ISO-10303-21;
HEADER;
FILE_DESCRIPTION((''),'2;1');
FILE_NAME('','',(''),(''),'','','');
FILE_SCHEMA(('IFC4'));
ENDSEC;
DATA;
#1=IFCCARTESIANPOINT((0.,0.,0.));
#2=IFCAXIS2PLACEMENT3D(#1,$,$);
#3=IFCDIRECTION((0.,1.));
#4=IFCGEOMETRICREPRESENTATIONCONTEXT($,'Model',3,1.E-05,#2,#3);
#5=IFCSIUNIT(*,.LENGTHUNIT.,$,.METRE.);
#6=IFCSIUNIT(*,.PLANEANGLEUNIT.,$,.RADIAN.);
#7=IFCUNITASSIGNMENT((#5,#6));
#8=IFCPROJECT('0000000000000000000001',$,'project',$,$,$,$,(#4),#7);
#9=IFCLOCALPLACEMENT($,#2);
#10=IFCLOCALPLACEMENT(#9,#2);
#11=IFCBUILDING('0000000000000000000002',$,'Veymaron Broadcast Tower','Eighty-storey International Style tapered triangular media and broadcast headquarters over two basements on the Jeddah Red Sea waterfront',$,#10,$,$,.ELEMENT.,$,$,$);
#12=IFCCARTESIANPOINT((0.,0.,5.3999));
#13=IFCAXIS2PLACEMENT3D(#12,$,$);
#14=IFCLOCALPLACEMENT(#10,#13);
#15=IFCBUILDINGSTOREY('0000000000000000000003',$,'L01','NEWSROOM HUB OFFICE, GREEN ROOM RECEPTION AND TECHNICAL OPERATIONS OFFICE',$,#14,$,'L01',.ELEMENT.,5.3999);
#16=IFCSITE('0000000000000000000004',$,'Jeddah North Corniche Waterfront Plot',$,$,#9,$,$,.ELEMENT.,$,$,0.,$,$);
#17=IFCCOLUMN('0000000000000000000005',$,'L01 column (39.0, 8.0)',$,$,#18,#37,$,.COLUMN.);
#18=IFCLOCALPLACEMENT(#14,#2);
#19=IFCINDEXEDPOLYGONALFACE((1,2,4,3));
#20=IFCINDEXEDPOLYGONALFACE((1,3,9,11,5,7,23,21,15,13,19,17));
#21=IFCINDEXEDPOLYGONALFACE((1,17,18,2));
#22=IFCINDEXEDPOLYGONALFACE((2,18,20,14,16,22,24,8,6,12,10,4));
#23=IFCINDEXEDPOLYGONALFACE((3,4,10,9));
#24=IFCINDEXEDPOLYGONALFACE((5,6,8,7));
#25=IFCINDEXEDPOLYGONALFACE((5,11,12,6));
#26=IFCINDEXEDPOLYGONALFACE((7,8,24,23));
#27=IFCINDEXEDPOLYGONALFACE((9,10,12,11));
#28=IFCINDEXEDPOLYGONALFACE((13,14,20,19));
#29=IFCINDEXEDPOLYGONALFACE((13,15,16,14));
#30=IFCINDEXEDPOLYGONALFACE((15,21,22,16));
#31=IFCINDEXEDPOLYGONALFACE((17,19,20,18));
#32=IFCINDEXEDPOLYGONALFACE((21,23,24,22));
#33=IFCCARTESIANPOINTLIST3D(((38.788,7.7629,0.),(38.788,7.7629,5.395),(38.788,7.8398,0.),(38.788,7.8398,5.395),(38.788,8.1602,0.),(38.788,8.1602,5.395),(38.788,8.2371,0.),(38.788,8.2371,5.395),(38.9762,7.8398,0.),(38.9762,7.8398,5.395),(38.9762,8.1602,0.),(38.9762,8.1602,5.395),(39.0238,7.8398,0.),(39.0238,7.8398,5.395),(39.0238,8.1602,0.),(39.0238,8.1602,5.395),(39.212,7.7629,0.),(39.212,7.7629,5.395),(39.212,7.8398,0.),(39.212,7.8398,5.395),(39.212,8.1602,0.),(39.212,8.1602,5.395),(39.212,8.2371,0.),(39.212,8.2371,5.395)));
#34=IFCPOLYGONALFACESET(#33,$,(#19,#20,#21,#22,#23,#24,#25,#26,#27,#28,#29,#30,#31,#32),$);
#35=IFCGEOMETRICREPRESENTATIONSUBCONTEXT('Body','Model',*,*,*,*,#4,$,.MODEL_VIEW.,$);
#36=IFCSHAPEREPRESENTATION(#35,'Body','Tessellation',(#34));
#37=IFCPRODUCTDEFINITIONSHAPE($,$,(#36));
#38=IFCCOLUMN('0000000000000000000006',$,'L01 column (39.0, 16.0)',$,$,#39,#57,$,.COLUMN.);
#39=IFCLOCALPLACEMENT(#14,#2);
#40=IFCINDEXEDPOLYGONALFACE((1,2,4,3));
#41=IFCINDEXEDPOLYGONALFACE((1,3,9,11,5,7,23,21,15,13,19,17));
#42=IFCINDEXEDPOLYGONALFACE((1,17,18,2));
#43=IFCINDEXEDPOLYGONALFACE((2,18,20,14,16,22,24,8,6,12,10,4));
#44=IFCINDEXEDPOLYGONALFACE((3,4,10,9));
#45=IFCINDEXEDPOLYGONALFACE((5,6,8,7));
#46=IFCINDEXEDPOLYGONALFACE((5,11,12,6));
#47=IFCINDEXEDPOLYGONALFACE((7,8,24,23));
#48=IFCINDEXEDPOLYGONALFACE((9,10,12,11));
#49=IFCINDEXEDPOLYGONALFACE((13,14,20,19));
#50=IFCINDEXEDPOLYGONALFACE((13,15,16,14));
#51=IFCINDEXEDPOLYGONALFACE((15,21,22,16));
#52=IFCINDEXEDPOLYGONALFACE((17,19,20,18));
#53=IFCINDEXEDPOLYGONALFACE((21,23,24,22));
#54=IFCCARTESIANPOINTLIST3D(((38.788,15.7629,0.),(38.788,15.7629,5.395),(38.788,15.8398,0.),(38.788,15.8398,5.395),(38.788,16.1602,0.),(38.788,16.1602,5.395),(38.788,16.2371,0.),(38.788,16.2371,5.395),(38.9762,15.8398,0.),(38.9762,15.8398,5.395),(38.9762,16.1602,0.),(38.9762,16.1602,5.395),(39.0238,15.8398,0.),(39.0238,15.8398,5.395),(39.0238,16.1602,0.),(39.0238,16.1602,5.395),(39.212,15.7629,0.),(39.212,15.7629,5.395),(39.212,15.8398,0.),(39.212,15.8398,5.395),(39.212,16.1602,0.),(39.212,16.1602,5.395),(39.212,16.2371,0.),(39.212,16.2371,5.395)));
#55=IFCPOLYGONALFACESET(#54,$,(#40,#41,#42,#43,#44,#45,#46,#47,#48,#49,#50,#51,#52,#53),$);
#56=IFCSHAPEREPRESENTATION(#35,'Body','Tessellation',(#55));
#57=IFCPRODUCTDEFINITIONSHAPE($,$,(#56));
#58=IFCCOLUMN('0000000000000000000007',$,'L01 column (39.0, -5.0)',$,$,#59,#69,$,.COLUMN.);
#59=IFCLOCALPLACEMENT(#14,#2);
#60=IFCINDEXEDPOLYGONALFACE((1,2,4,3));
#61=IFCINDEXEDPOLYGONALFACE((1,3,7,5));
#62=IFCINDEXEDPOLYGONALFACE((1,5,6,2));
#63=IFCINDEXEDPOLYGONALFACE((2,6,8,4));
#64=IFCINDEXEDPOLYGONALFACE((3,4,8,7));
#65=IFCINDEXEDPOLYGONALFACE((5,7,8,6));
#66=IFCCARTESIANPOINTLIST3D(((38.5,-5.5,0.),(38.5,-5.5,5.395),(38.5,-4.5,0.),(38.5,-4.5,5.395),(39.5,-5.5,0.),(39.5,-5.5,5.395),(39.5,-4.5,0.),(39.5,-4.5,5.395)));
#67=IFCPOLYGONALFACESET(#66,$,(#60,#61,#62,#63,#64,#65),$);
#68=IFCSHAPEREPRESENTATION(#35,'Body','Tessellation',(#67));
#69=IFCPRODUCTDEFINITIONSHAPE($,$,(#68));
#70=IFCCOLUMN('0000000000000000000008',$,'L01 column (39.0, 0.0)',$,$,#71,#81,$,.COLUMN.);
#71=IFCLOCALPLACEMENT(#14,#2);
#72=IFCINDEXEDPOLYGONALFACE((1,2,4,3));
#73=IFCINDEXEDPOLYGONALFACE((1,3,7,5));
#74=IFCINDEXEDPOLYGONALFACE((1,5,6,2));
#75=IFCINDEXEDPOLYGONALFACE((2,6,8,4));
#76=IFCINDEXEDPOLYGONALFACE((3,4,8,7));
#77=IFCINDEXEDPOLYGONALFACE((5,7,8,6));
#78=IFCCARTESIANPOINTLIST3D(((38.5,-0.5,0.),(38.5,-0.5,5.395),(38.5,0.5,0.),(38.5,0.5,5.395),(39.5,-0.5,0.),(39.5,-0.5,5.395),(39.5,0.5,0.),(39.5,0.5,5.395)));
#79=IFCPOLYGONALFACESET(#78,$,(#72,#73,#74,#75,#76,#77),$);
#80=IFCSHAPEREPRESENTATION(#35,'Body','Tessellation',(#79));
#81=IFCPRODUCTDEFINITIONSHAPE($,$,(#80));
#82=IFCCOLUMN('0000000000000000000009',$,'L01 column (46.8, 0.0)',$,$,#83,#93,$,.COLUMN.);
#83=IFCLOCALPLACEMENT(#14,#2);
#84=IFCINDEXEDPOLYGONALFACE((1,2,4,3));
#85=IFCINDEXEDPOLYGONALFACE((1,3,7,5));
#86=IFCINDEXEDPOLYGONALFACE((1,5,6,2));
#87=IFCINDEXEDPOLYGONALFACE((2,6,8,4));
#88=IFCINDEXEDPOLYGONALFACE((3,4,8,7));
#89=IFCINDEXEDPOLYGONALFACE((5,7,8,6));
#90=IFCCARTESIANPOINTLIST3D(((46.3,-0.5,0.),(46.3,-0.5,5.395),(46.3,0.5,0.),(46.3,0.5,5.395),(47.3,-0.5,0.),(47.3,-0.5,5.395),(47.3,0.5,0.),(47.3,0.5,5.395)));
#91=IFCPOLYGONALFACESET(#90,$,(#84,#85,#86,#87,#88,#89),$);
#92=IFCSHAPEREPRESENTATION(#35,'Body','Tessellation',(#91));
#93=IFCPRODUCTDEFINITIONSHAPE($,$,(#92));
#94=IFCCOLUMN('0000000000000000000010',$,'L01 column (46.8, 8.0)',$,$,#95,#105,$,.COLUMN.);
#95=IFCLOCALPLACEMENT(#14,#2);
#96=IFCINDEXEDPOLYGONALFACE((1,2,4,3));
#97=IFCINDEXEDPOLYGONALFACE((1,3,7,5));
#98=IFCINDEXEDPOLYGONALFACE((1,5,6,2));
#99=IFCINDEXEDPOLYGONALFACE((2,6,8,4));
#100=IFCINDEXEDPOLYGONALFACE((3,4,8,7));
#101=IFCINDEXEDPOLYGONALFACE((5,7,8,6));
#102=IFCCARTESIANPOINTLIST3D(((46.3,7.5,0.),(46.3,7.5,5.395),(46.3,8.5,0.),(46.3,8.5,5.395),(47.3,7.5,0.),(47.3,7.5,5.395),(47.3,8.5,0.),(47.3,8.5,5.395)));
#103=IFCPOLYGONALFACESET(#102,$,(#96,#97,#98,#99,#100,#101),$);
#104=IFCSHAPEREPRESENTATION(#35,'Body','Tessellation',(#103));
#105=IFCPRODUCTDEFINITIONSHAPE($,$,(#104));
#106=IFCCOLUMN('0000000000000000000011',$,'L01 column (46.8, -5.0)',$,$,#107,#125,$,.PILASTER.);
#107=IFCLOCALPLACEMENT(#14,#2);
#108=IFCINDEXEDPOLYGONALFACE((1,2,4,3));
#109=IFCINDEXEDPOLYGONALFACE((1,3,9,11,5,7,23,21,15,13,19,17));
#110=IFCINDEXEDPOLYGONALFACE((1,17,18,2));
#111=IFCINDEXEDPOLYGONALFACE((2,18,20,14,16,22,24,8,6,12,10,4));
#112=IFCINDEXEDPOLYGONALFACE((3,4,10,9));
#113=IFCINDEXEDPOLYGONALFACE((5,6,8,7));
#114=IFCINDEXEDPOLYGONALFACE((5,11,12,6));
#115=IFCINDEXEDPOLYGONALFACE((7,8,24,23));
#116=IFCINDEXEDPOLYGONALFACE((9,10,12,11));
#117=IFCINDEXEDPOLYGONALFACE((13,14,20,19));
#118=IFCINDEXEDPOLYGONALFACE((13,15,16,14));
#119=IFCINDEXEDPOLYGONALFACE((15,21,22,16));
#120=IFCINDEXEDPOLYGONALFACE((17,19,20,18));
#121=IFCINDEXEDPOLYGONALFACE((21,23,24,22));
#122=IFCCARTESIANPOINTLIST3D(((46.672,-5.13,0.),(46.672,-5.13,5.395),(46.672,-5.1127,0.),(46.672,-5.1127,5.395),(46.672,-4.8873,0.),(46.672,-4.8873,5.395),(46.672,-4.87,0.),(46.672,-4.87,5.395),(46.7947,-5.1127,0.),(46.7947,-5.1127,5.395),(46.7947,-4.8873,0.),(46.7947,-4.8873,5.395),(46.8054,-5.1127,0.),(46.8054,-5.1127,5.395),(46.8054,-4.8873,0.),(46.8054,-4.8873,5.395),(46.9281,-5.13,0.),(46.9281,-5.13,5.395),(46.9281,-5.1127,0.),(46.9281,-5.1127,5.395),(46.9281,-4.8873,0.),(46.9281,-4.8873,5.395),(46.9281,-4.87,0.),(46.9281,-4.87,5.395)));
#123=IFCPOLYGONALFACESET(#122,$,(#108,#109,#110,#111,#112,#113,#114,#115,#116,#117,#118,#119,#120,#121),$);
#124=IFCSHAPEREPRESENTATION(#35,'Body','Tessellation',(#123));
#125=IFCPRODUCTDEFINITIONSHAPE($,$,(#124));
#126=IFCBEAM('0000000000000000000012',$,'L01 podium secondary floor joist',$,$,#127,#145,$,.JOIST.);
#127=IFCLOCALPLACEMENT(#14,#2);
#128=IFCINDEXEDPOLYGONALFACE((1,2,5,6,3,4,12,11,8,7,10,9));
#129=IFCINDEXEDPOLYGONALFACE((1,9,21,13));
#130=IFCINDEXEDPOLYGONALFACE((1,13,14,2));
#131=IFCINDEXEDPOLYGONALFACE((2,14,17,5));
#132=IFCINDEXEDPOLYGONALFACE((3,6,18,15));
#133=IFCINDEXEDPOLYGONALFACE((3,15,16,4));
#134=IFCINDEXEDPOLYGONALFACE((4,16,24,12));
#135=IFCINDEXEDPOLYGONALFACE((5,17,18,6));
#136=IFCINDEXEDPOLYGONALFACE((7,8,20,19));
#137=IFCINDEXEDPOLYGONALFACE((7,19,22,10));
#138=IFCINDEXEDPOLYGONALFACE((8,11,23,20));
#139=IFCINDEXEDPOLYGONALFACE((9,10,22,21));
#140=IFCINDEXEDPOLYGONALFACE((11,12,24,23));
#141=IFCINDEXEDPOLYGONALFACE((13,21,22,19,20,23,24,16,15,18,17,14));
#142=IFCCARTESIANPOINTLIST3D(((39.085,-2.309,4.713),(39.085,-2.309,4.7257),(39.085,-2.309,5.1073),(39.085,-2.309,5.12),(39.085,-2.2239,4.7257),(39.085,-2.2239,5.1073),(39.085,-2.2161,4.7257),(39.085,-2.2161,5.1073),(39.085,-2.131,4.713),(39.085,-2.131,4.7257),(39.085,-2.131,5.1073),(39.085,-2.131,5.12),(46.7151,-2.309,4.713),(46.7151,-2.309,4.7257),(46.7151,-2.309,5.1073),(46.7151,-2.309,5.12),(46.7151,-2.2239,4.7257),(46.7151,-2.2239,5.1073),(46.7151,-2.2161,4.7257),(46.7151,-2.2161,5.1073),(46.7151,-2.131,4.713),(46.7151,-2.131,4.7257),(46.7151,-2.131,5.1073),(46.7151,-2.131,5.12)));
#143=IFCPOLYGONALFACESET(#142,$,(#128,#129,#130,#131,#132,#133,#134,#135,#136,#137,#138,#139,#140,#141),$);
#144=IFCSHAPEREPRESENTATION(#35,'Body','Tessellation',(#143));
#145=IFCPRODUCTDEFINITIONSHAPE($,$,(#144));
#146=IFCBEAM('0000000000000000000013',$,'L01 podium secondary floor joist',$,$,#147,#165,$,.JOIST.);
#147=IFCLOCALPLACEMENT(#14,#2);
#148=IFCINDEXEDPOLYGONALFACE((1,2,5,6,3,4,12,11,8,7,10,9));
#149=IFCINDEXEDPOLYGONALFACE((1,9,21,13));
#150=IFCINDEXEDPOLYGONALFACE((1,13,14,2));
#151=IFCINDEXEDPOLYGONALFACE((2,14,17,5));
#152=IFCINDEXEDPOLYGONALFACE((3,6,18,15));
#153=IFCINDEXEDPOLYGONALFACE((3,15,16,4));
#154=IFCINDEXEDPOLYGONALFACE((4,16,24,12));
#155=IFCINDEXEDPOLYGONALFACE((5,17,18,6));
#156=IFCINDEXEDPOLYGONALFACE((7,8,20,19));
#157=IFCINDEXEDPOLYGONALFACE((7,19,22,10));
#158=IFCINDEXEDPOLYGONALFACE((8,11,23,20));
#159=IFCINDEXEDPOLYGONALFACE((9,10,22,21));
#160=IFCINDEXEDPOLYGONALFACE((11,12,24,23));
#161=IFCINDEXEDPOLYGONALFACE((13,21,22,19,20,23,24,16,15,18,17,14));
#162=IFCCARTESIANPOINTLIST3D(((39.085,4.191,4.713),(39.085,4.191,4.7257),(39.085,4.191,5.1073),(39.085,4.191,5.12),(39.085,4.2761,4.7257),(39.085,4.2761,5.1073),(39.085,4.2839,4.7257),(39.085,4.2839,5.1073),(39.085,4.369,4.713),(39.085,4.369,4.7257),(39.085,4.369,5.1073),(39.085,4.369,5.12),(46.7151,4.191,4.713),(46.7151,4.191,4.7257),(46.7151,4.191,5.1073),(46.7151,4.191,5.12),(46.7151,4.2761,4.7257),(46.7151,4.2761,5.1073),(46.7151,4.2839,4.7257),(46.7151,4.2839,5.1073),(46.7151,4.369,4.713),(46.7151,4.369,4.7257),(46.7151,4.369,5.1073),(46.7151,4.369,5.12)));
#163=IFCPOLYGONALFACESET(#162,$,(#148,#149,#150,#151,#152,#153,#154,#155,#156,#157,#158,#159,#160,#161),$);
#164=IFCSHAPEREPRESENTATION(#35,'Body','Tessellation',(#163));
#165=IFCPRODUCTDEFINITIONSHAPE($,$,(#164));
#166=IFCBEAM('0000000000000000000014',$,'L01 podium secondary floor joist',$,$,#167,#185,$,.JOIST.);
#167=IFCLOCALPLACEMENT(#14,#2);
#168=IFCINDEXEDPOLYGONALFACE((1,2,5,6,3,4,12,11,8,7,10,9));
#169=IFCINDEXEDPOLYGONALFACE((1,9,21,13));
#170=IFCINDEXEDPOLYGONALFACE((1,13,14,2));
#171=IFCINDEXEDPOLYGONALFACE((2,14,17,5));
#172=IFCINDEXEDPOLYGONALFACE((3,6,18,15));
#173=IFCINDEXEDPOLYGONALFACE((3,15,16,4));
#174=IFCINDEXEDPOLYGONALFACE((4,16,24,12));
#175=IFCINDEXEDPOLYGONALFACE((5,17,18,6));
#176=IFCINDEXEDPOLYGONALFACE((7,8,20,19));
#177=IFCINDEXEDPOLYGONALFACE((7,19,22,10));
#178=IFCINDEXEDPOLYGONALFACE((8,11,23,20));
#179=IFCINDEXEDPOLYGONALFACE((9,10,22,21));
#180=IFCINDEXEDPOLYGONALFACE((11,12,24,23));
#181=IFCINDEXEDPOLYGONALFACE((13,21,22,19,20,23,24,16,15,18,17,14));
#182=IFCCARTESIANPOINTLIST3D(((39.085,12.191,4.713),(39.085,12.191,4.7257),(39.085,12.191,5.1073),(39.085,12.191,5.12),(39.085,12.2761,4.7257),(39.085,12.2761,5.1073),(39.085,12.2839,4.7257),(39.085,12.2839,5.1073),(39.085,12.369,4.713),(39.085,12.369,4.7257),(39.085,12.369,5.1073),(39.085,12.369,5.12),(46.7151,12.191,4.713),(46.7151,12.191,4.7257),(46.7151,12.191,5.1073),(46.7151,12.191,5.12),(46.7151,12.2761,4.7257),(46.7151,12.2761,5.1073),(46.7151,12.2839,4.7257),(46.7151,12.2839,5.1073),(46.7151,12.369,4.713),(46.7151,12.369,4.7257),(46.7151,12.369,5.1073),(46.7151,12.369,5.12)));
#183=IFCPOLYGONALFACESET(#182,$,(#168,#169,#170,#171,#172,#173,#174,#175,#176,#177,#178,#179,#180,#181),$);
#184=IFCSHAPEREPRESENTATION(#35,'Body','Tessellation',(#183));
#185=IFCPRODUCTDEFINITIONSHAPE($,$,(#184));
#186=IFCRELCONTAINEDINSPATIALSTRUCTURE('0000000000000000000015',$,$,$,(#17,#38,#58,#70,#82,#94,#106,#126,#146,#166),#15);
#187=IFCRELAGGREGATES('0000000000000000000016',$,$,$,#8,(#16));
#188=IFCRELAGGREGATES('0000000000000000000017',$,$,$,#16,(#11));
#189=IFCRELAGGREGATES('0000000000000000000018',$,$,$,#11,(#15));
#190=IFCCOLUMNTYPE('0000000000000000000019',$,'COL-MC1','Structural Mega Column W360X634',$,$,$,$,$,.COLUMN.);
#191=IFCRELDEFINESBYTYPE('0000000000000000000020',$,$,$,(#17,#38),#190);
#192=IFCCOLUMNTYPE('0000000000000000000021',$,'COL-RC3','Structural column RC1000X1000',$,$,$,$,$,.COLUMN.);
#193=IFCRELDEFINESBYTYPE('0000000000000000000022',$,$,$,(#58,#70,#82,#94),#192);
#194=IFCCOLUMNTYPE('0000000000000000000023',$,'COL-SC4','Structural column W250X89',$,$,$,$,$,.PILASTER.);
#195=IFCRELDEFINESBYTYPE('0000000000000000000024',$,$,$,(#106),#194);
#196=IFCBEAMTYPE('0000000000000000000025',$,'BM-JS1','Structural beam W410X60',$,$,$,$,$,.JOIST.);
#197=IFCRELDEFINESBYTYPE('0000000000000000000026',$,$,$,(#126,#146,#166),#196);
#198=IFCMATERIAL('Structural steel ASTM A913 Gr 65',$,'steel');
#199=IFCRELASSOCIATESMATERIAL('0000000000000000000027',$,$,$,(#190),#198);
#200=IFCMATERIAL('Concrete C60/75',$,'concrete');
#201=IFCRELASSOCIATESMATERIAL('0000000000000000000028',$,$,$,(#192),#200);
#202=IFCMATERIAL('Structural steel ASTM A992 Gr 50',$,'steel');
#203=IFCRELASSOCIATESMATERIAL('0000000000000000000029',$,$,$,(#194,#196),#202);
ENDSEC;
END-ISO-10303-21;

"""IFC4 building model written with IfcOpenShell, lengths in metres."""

from ifc_helpers import new_model, si_unit, direction, frame, origin, origin_2d, place, context, subcontext, project, spatial, rectangle, i_section, extrude, material, material_profile, profile_set, type_object, element, save


model = new_model("IFC4")

# Units and contexts
model_context = context("Model", 3, precision=1e-05, world=origin(), true_north=direction((0.0, 1.0)))
body_context = subcontext(model_context, "Body", "Model", "MODEL_VIEW")
ifc_project = project(units=[si_unit("LENGTHUNIT", "METRE"), si_unit("PLANEANGLEUNIT", "RADIAN")], contexts=[model_context])

# Site, building, storey
site_placement = place(None, origin())
site = spatial("IfcSite", under=ifc_project, at=site_placement, Name="Jeddah North Corniche Waterfront Plot", CompositionType="ELEMENT", RefElevation=0.0)
building_placement = place(site_placement, origin())
building = spatial("IfcBuilding", under=site, at=building_placement, Name="Veymaron Broadcast Tower", Description="Eighty-storey International Style tapered triangular media and broadcast headquarters over two basements on the Jeddah Red Sea waterfront", CompositionType="ELEMENT")
storey_placement = place(building_placement, frame((0.0, 0.0, 5.3999)))
storey = spatial("IfcBuildingStorey", under=building, at=storey_placement, Name="L01", Description="NEWSROOM HUB OFFICE, GREEN ROOM RECEPTION AND TECHNICAL OPERATIONS OFFICE", LongName="L01", CompositionType="ELEMENT", Elevation=5.3999)

# Columns
ifc_material_1 = material(Name="Structural steel ASTM A913 Gr 65", Category="steel")
ifc_material_profile_1 = material_profile(ifc_material_1, i_section(OverallWidth=0.4241, OverallDepth=0.4741, WebThickness=0.0476, FlangeThickness=0.0769, at=origin_2d()), Name="W360X634")
ifc_profile_set_1 = profile_set([ifc_material_profile_1], Name="Structural steel ASTM A913 Gr 65")
column_type_1 = type_object("IfcColumnType", Name="COL-MC1", Description="Structural Mega Column W360X634", PredefinedType="COLUMN", material=ifc_profile_set_1)
for number, where, z_axis, x_axis, name in (
    (1, (39.0, 8.0, 0.0), (0.0, 0.0, 1.0), (1.0, 0.0, 0.0), "L01 column (39.0, 8.0)"),
    (2, (39.0, 16.0, 0.0), (0.0, 0.0, 1.0), (1.0, 0.0, 0.0), "L01 column (39.0, 16.0)"),
):
    element("IfcColumn", number, at=place(storey_placement, frame(where, z_axis=z_axis, x_axis=x_axis)), inside=storey, type_object=column_type_1, Name=name, PredefinedType="COLUMN", context=body_context, shape_type="SweptSolid", body=[
        extrude(i_section(OverallWidth=0.4241, OverallDepth=0.4741, WebThickness=0.0476, FlangeThickness=0.0769, at=origin_2d()), origin(), (0.0, 0.0, 1.0), 5.395),
    ])
ifc_material_2 = material(Name="Concrete C60/75", Category="concrete")
ifc_material_profile_2 = material_profile(ifc_material_2, rectangle(XDim=1.0, YDim=1.0, at=origin_2d()), Name="RC1000X1000")
ifc_profile_set_2 = profile_set([ifc_material_profile_2], Name="Concrete C60/75")
column_type_2 = type_object("IfcColumnType", Name="COL-RC3", Description="Structural column RC1000X1000", PredefinedType="COLUMN", material=ifc_profile_set_2)
for number, where, z_axis, x_axis, name in (
    (3, (39.0, -5.0, 0.0), (0.0, 0.0, 1.0), (1.0, 0.0, 0.0), "L01 column (39.0, -5.0)"),
    (4, (39.0, 0.0, 0.0), (0.0, 0.0, 1.0), (1.0, 0.0, 0.0), "L01 column (39.0, 0.0)"),
    (5, (46.8, 0.0, 0.0), (0.0, 0.0, 1.0), (1.0, 0.0, 0.0), "L01 column (46.8, 0.0)"),
    (6, (46.8, 8.0, 0.0), (0.0, 0.0, 1.0), (1.0, 0.0, 0.0), "L01 column (46.8, 8.0)"),
):
    element("IfcColumn", number, at=place(storey_placement, frame(where, z_axis=z_axis, x_axis=x_axis)), inside=storey, type_object=column_type_2, Name=name, PredefinedType="COLUMN", context=body_context, shape_type="SweptSolid", body=[
        extrude(rectangle(XDim=1.0, YDim=1.0, at=origin_2d()), origin(), (0.0, 0.0, 1.0), 5.395),
    ])
ifc_material_3 = material(Name="Structural steel ASTM A992 Gr 50", Category="steel")
ifc_material_profile_3 = material_profile(ifc_material_3, i_section(OverallWidth=0.2561, OverallDepth=0.26, WebThickness=0.0107, FlangeThickness=0.0173, at=origin_2d()), Name="W250X89")
ifc_profile_set_3 = profile_set([ifc_material_profile_3], Name="Structural steel ASTM A992 Gr 50")
column_type_3 = type_object("IfcColumnType", Name="COL-SC4", Description="Structural column W250X89", PredefinedType="PILASTER", material=ifc_profile_set_3)
column_placement = place(storey_placement, frame((46.8, -5.0, 0.0), z_axis=(0.0, 0.0, 1.0), x_axis=(1.0, 0.0, 0.0)))
element("IfcColumn", 7, at=column_placement, inside=storey, type_object=column_type_3, Name="L01 column (46.8, -5.0)", PredefinedType="PILASTER", context=body_context, shape_type="SweptSolid", body=[
    extrude(i_section(OverallWidth=0.2561, OverallDepth=0.26, WebThickness=0.0107, FlangeThickness=0.0173, at=origin_2d()), origin(), (0.0, 0.0, 1.0), 5.395),
])

# Beams
ifc_material_profile_4 = material_profile(ifc_material_3, i_section(OverallWidth=0.178, OverallDepth=0.407, WebThickness=0.0078, FlangeThickness=0.0127, at=origin_2d()), Name="W410X60")
ifc_profile_set_4 = profile_set([ifc_material_profile_4], Name="Structural steel ASTM A992 Gr 50")
beam_type_1 = type_object("IfcBeamType", Name="BM-JS1", Description="Structural beam W410X60", PredefinedType="JOIST", material=ifc_profile_set_4)
for number, where, z_axis, x_axis, name in (
    (8, (39.085, -2.22, 4.9165), (1.0, 0.0, 0.0), (0.0, 1.0, 0.0), "L01 podium secondary floor joist"),
    (9, (39.085, 4.28, 4.9165), (1.0, 0.0, 0.0), (0.0, 1.0, 0.0), "L01 podium secondary floor joist"),
    (10, (39.085, 12.28, 4.9165), (1.0, 0.0, 0.0), (0.0, 1.0, 0.0), "L01 podium secondary floor joist"),
):
    element("IfcBeam", number, at=place(storey_placement, frame(where, z_axis=z_axis, x_axis=x_axis)), inside=storey, type_object=beam_type_1, Name=name, PredefinedType="JOIST", context=body_context, shape_type="SweptSolid", body=[
        extrude(i_section(OverallWidth=0.178, OverallDepth=0.407, WebThickness=0.0078, FlangeThickness=0.0127, at=origin_2d()), origin(), (0.0, 0.0, 1.0), 7.6301),
    ])

save(model, "model.ifc")
